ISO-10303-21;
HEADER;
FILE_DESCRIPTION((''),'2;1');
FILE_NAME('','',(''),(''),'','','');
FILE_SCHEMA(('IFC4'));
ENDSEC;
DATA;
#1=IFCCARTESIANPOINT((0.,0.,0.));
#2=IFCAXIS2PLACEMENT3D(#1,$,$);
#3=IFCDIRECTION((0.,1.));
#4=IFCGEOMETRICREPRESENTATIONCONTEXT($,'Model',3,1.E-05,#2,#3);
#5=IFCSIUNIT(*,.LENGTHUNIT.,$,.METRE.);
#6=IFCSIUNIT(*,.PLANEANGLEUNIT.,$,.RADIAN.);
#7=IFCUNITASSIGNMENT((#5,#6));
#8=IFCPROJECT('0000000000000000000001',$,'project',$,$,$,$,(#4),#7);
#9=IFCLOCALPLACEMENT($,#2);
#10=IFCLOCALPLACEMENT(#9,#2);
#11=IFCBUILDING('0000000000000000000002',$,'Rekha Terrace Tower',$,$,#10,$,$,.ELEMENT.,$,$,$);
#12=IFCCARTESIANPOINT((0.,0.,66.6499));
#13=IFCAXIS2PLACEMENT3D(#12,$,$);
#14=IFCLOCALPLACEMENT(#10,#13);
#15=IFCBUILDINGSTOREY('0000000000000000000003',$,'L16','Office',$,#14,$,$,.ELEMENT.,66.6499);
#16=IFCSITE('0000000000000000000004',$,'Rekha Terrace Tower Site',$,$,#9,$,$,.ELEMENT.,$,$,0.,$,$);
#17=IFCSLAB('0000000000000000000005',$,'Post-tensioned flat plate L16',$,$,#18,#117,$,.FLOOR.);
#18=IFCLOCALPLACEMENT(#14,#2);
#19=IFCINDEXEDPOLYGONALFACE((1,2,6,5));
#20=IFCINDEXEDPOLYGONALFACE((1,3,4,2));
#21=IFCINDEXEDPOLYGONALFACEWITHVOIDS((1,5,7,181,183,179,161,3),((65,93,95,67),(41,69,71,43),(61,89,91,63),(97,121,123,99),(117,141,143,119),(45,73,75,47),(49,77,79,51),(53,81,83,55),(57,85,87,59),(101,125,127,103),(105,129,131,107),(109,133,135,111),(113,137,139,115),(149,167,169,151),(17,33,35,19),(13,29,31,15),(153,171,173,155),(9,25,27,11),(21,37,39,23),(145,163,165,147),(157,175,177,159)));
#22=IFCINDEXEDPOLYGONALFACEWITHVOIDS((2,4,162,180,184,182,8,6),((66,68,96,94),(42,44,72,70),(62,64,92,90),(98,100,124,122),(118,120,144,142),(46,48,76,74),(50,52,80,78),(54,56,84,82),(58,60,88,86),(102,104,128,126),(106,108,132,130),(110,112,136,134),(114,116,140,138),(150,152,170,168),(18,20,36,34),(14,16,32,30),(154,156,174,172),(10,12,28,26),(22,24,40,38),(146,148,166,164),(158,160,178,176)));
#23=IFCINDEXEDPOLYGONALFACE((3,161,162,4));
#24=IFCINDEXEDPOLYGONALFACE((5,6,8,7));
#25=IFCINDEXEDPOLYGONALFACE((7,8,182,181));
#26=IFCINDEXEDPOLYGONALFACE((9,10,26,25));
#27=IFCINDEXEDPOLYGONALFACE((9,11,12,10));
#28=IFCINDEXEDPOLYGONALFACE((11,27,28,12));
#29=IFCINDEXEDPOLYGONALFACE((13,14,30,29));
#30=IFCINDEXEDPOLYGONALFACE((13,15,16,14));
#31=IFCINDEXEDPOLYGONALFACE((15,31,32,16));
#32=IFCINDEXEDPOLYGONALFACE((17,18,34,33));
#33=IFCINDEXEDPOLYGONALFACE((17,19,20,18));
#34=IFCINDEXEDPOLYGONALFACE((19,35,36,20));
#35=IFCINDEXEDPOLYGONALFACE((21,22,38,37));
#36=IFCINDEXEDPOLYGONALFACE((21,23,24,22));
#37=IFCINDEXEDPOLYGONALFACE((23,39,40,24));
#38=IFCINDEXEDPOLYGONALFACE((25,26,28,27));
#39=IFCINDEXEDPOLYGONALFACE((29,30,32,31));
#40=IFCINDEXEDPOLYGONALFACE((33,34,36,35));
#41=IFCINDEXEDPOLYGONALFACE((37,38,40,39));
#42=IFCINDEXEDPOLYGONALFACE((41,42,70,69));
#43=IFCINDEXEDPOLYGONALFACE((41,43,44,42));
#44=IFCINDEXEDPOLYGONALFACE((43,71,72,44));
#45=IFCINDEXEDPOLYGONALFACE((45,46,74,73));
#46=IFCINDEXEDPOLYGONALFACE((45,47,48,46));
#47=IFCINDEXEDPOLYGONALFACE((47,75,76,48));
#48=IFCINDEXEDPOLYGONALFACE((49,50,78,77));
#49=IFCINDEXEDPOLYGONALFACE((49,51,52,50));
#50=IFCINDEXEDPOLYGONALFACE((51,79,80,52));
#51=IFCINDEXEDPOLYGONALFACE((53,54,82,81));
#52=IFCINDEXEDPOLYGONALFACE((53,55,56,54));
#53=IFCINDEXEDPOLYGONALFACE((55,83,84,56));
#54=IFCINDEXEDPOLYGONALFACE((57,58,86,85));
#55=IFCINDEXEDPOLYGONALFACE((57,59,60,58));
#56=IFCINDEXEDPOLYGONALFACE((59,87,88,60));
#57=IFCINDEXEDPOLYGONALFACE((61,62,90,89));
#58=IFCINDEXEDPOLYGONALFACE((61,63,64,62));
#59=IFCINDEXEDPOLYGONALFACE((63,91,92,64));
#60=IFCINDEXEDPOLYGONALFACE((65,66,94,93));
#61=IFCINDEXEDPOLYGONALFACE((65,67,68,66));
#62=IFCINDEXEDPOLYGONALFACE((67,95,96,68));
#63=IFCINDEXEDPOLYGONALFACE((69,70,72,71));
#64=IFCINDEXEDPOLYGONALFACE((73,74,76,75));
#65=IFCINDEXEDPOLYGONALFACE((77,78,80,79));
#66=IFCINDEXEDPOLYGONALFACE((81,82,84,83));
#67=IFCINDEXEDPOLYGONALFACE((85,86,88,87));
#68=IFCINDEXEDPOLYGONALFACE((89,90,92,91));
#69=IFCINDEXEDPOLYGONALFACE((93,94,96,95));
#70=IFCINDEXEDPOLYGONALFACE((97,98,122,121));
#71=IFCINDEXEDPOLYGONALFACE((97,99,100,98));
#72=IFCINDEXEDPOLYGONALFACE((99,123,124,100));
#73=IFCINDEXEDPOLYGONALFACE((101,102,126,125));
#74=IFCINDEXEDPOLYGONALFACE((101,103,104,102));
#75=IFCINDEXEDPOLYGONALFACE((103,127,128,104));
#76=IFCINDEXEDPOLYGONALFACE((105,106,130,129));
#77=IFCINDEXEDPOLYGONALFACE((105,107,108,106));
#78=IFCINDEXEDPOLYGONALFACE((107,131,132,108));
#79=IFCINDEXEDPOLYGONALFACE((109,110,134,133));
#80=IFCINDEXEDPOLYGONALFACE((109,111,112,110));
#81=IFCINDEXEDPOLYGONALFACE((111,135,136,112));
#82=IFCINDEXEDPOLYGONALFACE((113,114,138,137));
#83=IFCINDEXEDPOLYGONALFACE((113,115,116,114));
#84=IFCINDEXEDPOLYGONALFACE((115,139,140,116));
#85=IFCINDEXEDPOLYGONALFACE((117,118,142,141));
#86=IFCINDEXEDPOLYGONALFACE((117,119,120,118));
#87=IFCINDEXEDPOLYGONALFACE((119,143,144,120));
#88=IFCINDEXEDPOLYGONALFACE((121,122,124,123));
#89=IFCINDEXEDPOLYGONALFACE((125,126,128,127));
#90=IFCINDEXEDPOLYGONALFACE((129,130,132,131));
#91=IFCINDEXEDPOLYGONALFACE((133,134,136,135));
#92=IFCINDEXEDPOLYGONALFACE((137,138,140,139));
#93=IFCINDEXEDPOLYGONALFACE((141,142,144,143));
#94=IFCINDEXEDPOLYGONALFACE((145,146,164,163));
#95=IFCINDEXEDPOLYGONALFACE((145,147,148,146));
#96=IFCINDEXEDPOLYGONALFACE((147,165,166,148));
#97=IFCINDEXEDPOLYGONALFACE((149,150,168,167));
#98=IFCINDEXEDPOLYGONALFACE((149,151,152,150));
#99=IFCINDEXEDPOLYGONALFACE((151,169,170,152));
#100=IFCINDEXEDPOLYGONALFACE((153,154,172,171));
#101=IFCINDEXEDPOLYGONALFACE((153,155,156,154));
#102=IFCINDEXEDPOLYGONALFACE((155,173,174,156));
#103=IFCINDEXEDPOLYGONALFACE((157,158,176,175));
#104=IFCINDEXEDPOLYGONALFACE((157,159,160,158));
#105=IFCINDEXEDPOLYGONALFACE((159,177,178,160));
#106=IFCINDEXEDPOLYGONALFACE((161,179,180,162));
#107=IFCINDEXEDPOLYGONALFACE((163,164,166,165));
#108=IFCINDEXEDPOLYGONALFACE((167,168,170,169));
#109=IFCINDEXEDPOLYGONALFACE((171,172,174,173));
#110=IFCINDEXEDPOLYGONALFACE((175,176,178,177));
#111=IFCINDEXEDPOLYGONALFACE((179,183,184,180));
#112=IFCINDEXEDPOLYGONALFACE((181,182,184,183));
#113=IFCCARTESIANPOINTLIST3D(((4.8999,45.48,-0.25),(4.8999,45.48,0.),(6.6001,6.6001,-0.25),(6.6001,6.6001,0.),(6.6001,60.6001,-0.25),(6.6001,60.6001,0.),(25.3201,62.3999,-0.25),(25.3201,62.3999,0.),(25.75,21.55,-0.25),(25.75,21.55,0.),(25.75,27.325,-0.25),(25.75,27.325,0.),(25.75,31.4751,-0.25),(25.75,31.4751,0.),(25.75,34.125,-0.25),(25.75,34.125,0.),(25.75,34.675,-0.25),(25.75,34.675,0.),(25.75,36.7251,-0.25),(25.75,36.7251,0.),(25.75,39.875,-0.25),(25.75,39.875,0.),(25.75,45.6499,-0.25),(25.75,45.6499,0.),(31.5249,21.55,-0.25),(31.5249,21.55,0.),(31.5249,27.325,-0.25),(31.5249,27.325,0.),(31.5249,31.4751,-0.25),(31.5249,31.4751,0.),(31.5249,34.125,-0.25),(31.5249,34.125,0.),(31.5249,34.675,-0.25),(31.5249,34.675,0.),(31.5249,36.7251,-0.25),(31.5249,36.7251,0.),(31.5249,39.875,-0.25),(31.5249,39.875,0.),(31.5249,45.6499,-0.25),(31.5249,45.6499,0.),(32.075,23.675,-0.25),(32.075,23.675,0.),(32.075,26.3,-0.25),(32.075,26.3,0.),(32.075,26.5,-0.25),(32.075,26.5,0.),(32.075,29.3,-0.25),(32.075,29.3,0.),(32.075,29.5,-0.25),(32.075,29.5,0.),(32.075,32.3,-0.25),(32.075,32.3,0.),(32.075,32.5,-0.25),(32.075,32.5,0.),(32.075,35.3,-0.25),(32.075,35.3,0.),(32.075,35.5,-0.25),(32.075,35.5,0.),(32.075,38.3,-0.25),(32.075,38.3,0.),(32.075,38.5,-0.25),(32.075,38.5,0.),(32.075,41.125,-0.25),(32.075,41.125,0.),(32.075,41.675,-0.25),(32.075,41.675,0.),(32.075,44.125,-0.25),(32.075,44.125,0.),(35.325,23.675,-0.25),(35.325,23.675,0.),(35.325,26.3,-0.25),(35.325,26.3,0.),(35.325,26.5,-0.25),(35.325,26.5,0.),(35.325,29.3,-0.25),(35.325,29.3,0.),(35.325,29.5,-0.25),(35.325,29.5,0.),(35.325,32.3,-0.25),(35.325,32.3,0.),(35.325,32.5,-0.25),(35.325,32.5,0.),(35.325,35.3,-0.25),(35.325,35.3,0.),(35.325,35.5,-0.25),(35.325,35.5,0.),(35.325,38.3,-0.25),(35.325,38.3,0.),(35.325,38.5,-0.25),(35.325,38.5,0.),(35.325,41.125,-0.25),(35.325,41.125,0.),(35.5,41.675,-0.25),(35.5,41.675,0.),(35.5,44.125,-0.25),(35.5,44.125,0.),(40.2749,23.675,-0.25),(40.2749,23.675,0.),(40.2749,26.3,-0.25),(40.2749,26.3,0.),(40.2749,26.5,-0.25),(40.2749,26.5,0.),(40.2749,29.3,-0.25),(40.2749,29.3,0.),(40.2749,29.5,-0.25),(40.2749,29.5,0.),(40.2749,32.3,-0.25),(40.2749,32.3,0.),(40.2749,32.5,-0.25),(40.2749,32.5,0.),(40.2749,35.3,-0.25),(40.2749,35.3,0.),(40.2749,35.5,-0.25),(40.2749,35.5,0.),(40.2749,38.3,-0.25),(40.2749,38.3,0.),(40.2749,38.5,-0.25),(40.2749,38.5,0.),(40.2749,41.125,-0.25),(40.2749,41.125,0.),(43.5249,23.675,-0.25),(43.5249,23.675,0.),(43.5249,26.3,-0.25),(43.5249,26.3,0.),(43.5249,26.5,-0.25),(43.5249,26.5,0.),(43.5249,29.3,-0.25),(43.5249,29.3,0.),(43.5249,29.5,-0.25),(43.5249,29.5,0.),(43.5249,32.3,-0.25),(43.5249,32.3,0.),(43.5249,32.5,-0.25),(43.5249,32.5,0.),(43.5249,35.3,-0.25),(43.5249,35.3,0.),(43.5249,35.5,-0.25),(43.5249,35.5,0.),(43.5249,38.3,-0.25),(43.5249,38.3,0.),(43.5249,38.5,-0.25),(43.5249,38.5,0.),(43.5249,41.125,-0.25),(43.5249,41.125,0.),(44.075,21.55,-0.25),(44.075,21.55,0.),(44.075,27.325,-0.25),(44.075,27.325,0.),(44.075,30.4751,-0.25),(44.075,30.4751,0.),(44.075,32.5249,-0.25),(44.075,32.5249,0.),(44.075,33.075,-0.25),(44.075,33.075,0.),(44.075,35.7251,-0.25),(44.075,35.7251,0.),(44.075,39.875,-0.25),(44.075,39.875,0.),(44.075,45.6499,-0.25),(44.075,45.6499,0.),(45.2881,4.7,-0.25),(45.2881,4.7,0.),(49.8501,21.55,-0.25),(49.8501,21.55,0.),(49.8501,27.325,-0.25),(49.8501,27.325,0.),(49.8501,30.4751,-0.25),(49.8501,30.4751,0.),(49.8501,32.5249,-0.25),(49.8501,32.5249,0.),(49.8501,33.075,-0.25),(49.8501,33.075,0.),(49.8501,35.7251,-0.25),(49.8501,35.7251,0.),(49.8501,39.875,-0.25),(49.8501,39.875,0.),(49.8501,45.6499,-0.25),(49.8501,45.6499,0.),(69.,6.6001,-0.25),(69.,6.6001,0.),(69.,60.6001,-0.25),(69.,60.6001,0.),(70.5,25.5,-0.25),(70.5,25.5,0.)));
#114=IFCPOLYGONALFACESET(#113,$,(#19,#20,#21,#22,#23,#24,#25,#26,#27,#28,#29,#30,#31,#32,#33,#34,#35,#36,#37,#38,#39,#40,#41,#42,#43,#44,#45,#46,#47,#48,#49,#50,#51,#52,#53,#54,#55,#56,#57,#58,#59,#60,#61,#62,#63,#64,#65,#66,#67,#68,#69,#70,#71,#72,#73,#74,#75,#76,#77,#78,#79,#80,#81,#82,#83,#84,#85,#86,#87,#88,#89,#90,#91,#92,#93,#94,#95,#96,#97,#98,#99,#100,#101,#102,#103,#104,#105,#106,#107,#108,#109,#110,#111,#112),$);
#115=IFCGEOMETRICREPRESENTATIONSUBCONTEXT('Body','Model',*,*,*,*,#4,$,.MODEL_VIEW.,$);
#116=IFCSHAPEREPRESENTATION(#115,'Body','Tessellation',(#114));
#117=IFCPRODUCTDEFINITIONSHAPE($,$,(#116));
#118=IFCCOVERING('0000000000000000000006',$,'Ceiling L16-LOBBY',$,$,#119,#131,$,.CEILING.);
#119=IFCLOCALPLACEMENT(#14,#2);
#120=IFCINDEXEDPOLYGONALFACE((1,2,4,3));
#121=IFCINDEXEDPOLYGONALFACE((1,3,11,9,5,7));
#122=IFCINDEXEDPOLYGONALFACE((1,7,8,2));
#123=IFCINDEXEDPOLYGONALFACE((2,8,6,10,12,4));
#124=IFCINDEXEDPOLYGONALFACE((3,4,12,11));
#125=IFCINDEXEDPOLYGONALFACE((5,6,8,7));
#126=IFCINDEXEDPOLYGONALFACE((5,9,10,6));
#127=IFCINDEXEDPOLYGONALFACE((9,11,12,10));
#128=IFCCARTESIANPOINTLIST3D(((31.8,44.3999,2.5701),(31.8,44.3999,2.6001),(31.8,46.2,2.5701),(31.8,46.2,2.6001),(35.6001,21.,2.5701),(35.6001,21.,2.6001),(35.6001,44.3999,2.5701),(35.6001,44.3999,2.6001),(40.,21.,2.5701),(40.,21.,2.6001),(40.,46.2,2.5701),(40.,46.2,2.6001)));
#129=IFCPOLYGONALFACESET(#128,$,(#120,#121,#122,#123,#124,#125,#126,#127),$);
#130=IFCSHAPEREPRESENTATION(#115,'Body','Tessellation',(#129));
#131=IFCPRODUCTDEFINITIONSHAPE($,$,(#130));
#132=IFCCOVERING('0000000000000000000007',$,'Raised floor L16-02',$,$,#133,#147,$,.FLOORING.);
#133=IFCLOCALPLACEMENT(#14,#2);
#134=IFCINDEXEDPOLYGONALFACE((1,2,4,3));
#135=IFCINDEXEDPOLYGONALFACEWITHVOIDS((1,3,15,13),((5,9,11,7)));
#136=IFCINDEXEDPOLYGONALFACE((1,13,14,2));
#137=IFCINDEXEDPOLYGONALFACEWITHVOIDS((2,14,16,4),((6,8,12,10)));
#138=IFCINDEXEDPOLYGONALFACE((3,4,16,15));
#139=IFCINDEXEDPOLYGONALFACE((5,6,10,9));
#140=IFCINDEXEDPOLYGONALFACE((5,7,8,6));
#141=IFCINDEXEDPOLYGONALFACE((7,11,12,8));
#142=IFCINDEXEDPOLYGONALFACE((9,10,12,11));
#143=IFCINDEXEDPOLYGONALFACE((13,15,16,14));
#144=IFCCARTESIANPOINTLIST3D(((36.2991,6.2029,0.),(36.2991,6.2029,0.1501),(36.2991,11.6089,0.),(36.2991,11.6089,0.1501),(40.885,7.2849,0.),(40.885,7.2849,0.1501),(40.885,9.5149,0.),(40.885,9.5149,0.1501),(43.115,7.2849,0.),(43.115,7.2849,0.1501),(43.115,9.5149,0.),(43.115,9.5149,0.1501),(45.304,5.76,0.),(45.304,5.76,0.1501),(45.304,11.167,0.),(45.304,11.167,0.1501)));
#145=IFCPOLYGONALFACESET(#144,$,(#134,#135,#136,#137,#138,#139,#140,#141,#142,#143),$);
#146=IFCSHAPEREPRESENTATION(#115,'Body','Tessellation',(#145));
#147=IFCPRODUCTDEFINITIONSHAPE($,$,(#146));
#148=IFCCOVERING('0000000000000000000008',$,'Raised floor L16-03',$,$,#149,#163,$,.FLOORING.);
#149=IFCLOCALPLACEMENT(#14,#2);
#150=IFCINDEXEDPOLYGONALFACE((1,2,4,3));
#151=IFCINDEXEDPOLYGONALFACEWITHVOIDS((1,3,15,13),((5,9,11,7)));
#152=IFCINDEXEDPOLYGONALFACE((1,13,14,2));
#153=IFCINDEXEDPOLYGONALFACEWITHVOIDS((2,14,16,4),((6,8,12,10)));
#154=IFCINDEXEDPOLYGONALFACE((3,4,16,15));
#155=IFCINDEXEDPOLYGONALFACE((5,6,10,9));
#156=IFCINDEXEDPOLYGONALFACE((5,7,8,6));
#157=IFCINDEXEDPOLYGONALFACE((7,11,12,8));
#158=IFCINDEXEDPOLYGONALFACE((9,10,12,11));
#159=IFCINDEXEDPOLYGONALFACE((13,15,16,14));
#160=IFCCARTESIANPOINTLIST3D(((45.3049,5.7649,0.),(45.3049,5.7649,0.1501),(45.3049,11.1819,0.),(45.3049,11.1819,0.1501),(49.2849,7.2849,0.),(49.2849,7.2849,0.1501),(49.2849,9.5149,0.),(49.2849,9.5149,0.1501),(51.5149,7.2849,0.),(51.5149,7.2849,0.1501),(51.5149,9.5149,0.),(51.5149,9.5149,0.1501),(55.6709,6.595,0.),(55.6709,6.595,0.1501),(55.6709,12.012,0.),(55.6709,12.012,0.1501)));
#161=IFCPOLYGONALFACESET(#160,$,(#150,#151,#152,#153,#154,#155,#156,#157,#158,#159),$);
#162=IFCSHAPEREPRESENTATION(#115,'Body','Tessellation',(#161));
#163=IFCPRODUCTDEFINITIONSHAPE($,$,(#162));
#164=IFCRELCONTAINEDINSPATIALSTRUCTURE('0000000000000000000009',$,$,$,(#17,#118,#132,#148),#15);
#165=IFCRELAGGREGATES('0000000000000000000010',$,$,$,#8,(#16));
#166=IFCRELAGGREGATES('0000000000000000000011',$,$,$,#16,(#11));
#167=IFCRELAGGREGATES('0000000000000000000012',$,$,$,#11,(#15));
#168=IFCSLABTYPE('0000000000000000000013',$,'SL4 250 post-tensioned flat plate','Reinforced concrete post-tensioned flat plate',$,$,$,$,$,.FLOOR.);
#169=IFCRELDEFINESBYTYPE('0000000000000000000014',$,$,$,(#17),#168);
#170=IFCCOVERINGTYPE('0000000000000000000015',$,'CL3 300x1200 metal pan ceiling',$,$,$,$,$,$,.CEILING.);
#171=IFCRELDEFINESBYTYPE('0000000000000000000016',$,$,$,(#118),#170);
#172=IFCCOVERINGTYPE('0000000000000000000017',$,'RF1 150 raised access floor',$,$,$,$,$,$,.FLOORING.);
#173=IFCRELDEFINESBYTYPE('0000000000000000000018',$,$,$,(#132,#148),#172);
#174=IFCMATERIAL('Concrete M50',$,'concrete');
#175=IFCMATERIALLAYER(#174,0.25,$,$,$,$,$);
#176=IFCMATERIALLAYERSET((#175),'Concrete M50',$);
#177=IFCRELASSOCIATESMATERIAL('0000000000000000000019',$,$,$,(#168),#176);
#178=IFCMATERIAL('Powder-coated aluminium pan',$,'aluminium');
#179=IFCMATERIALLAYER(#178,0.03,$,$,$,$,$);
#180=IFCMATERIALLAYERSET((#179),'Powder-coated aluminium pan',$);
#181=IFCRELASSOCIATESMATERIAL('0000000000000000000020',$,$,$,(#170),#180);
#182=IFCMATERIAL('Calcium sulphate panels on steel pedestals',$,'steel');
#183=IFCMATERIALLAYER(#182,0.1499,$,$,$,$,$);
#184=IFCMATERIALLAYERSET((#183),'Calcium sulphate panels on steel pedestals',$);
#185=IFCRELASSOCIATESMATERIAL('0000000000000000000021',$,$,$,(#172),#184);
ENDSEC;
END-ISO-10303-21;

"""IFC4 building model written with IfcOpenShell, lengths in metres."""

from ifc_helpers import new_model, si_unit, direction, frame, origin, place, context, subcontext, project, spatial, polyline, outline, extrude, material, layer, layer_set, type_object, element, save


model = new_model("IFC4")

# Units and contexts
model_context = context("Model", 3, precision=1e-05, world=origin(), true_north=direction((0.0, 1.0)))
body_context = subcontext(model_context, "Body", "Model", "MODEL_VIEW")
ifc_project = project(units=[si_unit("LENGTHUNIT", "METRE"), si_unit("PLANEANGLEUNIT", "RADIAN")], contexts=[model_context])

# Site, building, storey
site_placement = place(None, origin())
site = spatial("IfcSite", under=ifc_project, at=site_placement, Name="Rekha Terrace Tower Site", CompositionType="ELEMENT", RefElevation=0.0)
building_placement = place(site_placement, origin())
building = spatial("IfcBuilding", under=site, at=building_placement, Name="Rekha Terrace Tower", CompositionType="ELEMENT")
storey_placement = place(building_placement, frame((0.0, 0.0, 66.6499)))
storey = spatial("IfcBuildingStorey", under=building, at=storey_placement, Name="L16", Description="Office", CompositionType="ELEMENT", Elevation=66.6499)

# Slab
ifc_material_1 = material(Name="Concrete M50", Category="concrete")
ifc_layer_1 = layer(ifc_material_1, 0.25)
ifc_layer_set_1 = layer_set([ifc_layer_1], Name="Concrete M50")
slab_type_1 = type_object("IfcSlabType", Name="SL4 250 post-tensioned flat plate", Description="Reinforced concrete post-tensioned flat plate", PredefinedType="FLOOR", material=ifc_layer_set_1)
slab_1_placement = place(storey_placement, frame((0.0, 0.0, -0.25)))
element("IfcSlab", 1, at=slab_1_placement, inside=storey, type_object=slab_type_1, Name="Post-tensioned flat plate L16", PredefinedType="FLOOR", context=body_context, shape_type="SweptSolid", body=[
    extrude(outline(polyline([(4.8999, 45.48), (6.6001, 6.6001), (45.2881, 4.7), (69.0, 6.6001), (70.5, 25.5), (69.0, 60.6001), (25.3201, 62.3999), (6.6001, 60.6001), (4.8999, 45.48)]), holes=[polyline([(31.5249, 27.325), (31.5249, 21.55), (25.75, 21.55), (25.75, 27.325), (31.5249, 27.325)]), polyline([(35.325, 26.3), (35.325, 23.675), (32.075, 23.675), (32.075, 26.3), (35.325, 26.3)]), polyline([(35.325, 29.3), (35.325, 26.5), (32.075, 26.5), (32.075, 29.3), (35.325, 29.3)]), polyline([(35.325, 29.5), (32.075, 29.5), (32.075, 32.3), (35.325, 32.3), (35.325, 29.5)]), polyline([(31.5249, 31.4751), (25.75, 31.4751), (25.75, 34.125), (31.5249, 34.125), (31.5249, 31.4751)]), polyline([(35.325, 35.3), (35.325, 32.5), (32.075, 32.5), (32.075, 35.3), (35.325, 35.3)]), polyline([(31.5249, 36.7251), (31.5249, 34.675), (25.75, 34.675), (25.75, 36.7251), (31.5249, 36.7251)]), polyline([(35.325, 38.3), (35.325, 35.5), (32.075, 35.5), (32.075, 38.3), (35.325, 38.3)]), polyline([(35.325, 38.5), (32.075, 38.5), (32.075, 41.125), (35.325, 41.125), (35.325, 38.5)]), polyline([(31.5249, 39.875), (25.75, 39.875), (25.75, 45.6499), (31.5249, 45.6499), (31.5249, 39.875)]), polyline([(35.5, 44.125), (35.5, 41.675), (32.075, 41.675), (32.075, 44.125), (35.5, 44.125)]), polyline([(49.8501, 27.325), (49.8501, 21.55), (44.075, 21.55), (44.075, 27.325), (49.8501, 27.325)]), polyline([(43.5249, 26.3), (43.5249, 23.675), (40.2749, 23.675), (40.2749, 26.3), (43.5249, 26.3)]), polyline([(43.5249, 26.5), (40.2749, 26.5), (40.2749, 29.3), (43.5249, 29.3), (43.5249, 26.5)]), polyline([(43.5249, 29.5), (40.2749, 29.5), (40.2749, 32.3), (43.5249, 32.3), (43.5249, 29.5)]), polyline([(49.8501, 32.5249), (49.8501, 30.4751), (44.075, 30.4751), (44.075, 32.5249), (49.8501, 32.5249)]), polyline([(43.5249, 32.5), (40.2749, 32.5), (40.2749, 35.3), (43.5249, 35.3), (43.5249, 32.5)]), polyline([(49.8501, 33.075), (44.075, 33.075), (44.075, 35.7251), (49.8501, 35.7251), (49.8501, 33.075)]), polyline([(43.5249, 38.3), (43.5249, 35.5), (40.2749, 35.5), (40.2749, 38.3), (43.5249, 38.3)]), polyline([(43.5249, 38.5), (40.2749, 38.5), (40.2749, 41.125), (43.5249, 41.125), (43.5249, 38.5)]), polyline([(49.8501, 39.875), (44.075, 39.875), (44.075, 45.6499), (49.8501, 45.6499), (49.8501, 39.875)])]), origin(), (0.0, 0.0, 1.0), 0.25),
])

# Coverings
ifc_material_2 = material(Name="Powder-coated aluminium pan", Category="aluminium")
ifc_layer_2 = layer(ifc_material_2, 0.03)
ifc_layer_set_2 = layer_set([ifc_layer_2], Name="Powder-coated aluminium pan")
covering_type_1 = type_object("IfcCoveringType", Name="CL3 300x1200 metal pan ceiling", PredefinedType="CEILING", material=ifc_layer_set_2)
covering_1_placement = place(storey_placement, frame((0.0, 0.0, 2.5701)))
element("IfcCovering", 2, at=covering_1_placement, inside=storey, type_object=covering_type_1, Name="Ceiling L16-LOBBY", PredefinedType="CEILING", context=body_context, shape_type="SweptSolid", body=[
    extrude(outline(polyline([(35.6001, 44.3999), (35.6001, 21.0), (40.0, 21.0), (40.0, 46.2), (31.8, 46.2), (31.8, 44.3999), (35.6001, 44.3999)])), origin(), (0.0, 0.0, 1.0), 0.03),
])
ifc_material_3 = material(Name="Calcium sulphate panels on steel pedestals", Category="steel")
ifc_layer_3 = layer(ifc_material_3, 0.1499)
ifc_layer_set_3 = layer_set([ifc_layer_3], Name="Calcium sulphate panels on steel pedestals")
covering_type_2 = type_object("IfcCoveringType", Name="RF1 150 raised access floor", PredefinedType="FLOORING", material=ifc_layer_set_3)
covering_2_placement = place(storey_placement, origin())
element("IfcCovering", 3, at=covering_2_placement, inside=storey, type_object=covering_type_2, Name="Raised floor L16-02", PredefinedType="FLOORING", context=body_context, shape_type="SweptSolid", body=[
    extrude(outline(polyline([(45.304, 11.167), (36.2991, 11.6089), (36.2991, 6.2029), (45.304, 5.76), (45.304, 11.167)]), holes=[polyline([(43.115, 7.2849), (40.885, 7.2849), (40.885, 9.5149), (43.115, 9.5149), (43.115, 7.2849)])]), origin(), (0.0, 0.0, 1.0), 0.1501),
])
covering_3_placement = place(storey_placement, origin())
element("IfcCovering", 4, at=covering_3_placement, inside=storey, type_object=covering_type_2, Name="Raised floor L16-03", PredefinedType="FLOORING", context=body_context, shape_type="SweptSolid", body=[
    extrude(outline(polyline([(55.6709, 6.595), (55.6709, 12.012), (45.3049, 11.1819), (45.3049, 5.7649), (55.6709, 6.595)]), holes=[polyline([(51.5149, 7.2849), (49.2849, 7.2849), (49.2849, 9.5149), (51.5149, 9.5149), (51.5149, 7.2849)])]), origin(), (0.0, 0.0, 1.0), 0.1501),
])

save(model, "model.ifc")
